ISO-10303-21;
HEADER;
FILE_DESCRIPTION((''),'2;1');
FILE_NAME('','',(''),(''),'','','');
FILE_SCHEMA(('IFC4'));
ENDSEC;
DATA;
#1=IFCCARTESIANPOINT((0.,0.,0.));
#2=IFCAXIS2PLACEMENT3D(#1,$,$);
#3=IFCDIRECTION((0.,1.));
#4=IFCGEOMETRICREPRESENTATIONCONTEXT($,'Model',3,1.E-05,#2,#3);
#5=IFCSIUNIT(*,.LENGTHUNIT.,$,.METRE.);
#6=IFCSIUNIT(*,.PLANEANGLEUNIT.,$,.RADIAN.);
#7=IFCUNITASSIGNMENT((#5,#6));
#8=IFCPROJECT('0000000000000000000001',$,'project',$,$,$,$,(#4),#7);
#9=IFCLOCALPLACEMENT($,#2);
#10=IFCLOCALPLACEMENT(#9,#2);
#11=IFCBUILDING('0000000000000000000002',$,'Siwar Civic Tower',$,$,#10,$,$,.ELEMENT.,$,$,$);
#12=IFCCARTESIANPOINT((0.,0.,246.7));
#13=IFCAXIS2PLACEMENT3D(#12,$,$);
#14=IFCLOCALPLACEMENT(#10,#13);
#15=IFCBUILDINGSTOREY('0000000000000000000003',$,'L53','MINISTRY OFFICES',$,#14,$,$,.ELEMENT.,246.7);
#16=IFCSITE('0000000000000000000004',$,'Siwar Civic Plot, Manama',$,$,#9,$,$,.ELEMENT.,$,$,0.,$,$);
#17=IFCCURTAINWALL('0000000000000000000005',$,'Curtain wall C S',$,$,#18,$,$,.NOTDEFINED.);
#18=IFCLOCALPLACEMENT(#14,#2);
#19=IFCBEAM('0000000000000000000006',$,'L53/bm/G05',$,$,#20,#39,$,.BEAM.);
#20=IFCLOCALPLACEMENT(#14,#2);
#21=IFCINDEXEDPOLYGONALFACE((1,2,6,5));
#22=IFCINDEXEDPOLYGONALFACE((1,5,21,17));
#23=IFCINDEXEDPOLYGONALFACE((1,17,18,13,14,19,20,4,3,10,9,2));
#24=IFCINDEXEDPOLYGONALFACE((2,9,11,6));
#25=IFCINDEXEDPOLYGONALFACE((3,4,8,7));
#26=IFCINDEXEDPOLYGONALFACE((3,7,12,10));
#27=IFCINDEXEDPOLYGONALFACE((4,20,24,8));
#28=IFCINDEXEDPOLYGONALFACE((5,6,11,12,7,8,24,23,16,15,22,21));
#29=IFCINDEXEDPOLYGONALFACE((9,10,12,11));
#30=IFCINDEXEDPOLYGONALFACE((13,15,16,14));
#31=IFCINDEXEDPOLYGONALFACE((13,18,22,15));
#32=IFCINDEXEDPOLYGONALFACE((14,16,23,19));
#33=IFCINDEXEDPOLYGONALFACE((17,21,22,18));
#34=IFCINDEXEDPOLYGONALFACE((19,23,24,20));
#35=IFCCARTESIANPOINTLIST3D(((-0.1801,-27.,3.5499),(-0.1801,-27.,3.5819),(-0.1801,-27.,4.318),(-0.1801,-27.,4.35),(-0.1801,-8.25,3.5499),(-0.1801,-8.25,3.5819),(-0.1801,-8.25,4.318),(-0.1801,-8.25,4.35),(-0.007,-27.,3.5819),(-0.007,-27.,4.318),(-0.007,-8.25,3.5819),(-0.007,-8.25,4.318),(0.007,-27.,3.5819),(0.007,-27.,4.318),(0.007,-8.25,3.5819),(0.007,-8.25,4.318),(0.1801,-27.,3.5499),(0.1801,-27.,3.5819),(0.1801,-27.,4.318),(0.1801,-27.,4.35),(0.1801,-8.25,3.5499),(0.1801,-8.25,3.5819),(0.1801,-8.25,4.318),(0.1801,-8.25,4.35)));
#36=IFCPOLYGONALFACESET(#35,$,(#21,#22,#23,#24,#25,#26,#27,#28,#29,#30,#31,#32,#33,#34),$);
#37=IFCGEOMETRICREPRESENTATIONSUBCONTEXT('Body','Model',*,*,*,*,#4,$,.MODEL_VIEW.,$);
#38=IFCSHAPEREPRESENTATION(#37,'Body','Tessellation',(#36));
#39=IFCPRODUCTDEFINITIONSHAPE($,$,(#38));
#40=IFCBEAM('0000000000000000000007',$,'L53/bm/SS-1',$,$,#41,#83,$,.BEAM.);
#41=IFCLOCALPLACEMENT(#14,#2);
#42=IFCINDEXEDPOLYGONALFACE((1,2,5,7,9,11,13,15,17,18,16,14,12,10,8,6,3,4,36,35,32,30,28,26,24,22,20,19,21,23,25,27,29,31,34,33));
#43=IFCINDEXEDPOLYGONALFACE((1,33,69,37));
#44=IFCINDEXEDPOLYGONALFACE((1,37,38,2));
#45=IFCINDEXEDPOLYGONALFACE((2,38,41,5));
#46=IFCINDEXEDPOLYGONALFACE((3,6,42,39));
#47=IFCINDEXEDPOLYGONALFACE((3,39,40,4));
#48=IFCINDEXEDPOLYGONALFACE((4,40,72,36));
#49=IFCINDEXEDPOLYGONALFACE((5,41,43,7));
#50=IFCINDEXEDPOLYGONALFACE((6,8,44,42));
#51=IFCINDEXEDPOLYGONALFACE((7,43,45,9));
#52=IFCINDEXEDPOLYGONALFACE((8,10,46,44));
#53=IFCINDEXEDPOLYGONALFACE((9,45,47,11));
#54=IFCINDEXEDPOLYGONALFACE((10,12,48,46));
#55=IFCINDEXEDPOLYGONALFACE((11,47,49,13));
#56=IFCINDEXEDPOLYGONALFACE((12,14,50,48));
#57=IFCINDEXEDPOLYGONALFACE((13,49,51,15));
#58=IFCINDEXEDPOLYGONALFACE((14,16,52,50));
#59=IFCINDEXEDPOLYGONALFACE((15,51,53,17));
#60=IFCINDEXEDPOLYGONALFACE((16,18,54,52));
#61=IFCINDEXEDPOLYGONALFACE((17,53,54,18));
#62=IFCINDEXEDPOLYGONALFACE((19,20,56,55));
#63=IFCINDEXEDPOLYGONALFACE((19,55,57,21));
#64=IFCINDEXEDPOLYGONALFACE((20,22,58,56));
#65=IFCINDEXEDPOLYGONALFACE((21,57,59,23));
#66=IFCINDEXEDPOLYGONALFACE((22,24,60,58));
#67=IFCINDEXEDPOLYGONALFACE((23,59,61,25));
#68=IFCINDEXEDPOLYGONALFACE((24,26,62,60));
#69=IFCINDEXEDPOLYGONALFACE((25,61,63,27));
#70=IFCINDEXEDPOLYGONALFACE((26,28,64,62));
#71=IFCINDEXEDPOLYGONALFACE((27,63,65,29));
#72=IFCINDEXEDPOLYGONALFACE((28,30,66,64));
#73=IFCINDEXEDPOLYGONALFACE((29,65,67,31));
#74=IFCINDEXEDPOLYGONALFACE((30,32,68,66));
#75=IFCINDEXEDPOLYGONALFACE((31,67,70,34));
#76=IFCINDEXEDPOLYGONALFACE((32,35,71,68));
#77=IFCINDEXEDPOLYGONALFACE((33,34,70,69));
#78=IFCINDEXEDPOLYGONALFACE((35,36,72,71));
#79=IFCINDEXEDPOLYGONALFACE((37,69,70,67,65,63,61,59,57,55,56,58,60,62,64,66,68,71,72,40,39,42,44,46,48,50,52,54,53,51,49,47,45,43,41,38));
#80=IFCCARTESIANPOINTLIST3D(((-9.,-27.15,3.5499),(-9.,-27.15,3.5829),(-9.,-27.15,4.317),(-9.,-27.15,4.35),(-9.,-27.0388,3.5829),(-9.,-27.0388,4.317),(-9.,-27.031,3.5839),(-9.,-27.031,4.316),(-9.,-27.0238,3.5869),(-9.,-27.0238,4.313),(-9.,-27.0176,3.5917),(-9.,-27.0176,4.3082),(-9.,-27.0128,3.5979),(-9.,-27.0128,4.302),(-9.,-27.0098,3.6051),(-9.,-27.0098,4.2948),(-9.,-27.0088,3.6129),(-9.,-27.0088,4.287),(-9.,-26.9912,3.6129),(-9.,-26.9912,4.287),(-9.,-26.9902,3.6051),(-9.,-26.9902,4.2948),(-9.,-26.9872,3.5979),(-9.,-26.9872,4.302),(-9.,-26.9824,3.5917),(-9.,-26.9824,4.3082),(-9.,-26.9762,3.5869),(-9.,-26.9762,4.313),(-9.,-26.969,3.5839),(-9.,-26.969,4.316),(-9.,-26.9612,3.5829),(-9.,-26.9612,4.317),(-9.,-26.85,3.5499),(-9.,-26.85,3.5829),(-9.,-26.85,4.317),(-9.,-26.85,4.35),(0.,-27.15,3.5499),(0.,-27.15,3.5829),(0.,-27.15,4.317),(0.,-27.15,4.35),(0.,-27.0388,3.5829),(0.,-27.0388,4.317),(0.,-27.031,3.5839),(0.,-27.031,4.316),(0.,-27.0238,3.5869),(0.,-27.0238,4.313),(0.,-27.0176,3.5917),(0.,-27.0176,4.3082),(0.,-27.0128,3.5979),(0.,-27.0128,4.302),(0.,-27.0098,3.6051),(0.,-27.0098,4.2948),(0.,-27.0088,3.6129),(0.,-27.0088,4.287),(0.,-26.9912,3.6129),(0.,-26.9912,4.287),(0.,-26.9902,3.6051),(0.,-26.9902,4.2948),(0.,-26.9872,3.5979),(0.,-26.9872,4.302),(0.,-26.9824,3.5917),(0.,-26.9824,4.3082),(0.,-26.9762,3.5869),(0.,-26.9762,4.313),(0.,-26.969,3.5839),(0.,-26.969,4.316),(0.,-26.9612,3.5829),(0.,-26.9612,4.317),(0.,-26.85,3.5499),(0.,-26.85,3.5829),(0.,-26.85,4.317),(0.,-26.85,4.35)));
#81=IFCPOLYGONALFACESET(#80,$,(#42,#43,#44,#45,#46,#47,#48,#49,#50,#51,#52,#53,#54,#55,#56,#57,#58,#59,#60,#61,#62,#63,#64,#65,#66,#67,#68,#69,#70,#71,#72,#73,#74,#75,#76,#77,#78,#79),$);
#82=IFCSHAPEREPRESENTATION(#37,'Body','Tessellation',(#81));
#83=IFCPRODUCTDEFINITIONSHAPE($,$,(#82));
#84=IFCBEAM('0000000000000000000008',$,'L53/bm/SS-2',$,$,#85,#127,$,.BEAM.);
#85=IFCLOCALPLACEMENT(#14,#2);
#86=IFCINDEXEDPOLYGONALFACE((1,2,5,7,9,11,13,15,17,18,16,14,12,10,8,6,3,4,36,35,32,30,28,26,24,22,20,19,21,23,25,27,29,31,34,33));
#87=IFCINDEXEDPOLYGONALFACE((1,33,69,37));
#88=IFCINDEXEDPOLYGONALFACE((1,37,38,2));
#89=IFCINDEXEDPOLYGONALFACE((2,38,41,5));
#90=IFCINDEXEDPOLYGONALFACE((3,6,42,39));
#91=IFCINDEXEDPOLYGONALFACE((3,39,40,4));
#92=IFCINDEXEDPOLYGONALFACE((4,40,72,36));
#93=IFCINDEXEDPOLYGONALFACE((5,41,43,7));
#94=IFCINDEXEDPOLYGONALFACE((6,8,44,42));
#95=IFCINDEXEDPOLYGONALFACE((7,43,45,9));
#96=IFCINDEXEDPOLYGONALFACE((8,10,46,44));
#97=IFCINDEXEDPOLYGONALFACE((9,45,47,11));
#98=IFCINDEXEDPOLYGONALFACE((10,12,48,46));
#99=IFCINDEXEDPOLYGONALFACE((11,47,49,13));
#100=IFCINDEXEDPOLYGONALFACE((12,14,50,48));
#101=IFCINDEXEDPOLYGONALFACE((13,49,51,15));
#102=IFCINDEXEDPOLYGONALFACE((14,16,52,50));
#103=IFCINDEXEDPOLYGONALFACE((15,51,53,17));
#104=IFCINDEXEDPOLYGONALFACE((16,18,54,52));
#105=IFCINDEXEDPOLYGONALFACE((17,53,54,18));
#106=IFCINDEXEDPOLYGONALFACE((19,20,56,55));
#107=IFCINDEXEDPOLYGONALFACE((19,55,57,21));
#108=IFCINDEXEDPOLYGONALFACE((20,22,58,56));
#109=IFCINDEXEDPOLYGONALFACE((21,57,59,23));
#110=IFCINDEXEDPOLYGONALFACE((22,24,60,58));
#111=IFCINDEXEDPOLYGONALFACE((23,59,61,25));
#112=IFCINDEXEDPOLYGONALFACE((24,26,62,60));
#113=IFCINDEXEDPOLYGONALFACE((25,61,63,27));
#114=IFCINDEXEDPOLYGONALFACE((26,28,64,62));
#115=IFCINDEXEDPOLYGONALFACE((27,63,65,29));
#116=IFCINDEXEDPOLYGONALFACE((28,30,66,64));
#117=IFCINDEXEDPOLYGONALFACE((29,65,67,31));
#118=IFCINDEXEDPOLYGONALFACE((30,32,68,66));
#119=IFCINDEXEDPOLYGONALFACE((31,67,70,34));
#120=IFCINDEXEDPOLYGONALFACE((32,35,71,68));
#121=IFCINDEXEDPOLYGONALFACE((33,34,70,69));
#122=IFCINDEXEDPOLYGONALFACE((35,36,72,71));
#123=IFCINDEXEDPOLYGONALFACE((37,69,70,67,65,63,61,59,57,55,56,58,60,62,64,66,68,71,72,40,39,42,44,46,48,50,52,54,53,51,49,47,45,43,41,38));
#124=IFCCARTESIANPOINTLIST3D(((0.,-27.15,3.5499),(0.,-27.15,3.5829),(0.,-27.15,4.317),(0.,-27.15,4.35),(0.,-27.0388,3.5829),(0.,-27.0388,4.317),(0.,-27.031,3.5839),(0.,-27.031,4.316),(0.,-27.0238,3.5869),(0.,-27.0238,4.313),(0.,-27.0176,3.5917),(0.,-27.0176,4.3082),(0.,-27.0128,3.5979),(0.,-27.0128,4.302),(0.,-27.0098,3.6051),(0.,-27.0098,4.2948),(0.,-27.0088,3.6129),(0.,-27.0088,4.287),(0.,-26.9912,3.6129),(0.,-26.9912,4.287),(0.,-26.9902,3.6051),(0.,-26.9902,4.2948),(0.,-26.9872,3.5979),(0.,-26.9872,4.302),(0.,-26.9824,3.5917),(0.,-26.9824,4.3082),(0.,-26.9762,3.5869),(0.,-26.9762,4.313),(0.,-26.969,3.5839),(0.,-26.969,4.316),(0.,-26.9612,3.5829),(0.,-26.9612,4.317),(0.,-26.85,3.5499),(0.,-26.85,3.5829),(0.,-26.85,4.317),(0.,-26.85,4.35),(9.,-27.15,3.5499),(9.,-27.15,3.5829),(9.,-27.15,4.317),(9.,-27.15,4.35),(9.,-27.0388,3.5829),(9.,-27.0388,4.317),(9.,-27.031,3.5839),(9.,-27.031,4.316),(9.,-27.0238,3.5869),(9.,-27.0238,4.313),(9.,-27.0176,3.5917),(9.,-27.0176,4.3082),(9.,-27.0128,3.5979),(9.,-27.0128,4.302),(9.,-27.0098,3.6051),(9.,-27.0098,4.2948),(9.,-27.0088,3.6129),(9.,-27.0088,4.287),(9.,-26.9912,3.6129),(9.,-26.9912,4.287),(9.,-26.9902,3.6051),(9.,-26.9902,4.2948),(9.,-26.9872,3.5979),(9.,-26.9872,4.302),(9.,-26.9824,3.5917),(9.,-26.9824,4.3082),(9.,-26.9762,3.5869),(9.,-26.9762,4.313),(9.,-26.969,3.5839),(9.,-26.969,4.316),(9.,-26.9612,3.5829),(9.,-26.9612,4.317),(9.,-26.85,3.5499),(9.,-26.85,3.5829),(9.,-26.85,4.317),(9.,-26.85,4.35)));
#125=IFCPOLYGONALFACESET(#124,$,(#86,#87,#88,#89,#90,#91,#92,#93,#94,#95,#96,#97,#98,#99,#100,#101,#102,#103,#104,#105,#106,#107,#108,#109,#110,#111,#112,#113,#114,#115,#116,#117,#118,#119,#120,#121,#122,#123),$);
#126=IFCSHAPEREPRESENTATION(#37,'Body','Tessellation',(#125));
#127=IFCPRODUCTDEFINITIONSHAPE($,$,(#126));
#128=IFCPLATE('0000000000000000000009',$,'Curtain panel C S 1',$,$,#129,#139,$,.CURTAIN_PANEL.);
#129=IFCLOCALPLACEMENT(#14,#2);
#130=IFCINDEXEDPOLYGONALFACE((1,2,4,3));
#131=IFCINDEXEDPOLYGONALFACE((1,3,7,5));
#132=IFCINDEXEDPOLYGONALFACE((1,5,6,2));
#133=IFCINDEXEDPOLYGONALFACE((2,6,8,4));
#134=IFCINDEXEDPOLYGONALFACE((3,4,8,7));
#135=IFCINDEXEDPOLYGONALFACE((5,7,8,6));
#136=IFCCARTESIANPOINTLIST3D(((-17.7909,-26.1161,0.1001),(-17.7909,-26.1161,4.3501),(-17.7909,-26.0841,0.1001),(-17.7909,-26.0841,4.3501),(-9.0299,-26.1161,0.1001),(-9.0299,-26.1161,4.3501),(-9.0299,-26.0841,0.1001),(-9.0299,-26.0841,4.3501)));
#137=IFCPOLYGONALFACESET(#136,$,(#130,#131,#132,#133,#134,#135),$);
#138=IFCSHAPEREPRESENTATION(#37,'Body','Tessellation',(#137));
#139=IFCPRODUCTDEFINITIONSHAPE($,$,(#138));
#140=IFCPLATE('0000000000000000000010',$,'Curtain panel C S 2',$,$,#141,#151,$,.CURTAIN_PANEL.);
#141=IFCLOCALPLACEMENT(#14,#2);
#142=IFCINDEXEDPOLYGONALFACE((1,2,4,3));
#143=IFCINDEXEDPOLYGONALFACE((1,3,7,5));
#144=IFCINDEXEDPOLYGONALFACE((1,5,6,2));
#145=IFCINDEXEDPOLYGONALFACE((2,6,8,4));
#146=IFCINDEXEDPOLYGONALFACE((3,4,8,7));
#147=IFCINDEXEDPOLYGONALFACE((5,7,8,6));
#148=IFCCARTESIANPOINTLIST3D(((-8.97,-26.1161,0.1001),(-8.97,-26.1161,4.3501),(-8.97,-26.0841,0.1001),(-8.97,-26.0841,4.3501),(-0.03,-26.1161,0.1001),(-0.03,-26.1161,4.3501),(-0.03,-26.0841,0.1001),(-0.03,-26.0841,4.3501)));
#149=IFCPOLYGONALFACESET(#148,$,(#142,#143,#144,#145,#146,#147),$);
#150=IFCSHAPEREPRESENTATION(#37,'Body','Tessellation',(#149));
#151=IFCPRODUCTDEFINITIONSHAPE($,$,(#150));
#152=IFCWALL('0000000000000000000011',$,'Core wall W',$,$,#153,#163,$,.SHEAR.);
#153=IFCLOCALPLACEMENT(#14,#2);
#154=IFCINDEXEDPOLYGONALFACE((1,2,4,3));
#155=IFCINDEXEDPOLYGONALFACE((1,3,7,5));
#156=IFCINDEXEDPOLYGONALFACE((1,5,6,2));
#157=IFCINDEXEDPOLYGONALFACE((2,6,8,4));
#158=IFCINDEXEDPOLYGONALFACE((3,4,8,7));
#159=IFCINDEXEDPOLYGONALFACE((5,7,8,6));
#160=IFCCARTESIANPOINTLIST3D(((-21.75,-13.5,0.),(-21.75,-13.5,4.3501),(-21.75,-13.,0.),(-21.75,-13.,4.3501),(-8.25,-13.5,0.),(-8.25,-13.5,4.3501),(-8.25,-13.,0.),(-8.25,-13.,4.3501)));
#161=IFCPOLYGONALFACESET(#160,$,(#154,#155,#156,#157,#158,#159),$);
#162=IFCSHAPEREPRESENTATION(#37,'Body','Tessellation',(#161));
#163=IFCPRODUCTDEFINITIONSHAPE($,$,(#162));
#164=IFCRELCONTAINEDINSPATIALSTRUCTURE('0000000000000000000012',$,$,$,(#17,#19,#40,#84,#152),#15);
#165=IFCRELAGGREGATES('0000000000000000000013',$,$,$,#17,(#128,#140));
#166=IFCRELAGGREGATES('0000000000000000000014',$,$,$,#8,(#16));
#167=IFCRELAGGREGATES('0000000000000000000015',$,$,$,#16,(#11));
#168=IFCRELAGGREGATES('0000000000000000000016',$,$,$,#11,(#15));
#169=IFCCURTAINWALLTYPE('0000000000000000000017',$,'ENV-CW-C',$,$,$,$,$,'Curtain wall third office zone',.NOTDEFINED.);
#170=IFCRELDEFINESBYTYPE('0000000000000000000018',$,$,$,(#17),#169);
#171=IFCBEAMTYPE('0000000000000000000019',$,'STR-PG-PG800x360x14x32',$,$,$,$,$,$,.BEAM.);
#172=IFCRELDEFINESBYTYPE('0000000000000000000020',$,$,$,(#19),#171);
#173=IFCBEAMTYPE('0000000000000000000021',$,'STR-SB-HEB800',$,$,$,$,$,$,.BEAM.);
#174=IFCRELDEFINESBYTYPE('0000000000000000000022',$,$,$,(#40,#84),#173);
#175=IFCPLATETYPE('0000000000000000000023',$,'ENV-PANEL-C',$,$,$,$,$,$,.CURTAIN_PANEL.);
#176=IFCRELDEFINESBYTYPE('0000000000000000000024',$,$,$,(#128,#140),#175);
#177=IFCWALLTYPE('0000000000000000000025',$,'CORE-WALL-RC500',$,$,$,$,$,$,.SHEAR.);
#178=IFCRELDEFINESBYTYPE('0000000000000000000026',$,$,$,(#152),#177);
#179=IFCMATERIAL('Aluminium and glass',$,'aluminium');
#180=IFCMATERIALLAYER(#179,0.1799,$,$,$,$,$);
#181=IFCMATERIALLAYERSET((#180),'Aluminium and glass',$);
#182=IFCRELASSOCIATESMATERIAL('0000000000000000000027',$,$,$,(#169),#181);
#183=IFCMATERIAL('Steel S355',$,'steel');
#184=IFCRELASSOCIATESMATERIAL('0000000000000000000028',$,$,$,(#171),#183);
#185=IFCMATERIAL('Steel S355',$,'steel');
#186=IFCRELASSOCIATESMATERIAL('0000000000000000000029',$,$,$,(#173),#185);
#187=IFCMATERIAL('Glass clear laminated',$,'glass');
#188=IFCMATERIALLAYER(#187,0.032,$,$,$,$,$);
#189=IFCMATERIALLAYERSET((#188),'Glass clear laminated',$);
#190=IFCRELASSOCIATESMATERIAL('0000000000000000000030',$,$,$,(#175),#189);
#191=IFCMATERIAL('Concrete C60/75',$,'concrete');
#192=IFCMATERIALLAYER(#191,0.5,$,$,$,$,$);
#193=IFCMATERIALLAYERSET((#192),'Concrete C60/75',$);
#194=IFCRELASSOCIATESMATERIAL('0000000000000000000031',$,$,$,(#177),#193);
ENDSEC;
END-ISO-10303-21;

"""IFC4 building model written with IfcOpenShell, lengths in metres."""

from ifc_helpers import new_model, si_unit, direction, frame, frame_2d, origin, origin_2d, place, context, subcontext, project, spatial, rectangle, i_section, extrude, material, layer, layer_set, material_profile, profile_set, type_object, element, aggregate, save


model = new_model("IFC4")

# Units and contexts
model_context = context("Model", 3, precision=1e-05, world=origin(), true_north=direction((0.0, 1.0)))
body_context = subcontext(model_context, "Body", "Model", "MODEL_VIEW")
ifc_project = project(units=[si_unit("LENGTHUNIT", "METRE"), si_unit("PLANEANGLEUNIT", "RADIAN")], contexts=[model_context])

# Site, building, storey
site_placement = place(None, origin())
site = spatial("IfcSite", under=ifc_project, at=site_placement, Name="Siwar Civic Plot, Manama", CompositionType="ELEMENT", RefElevation=0.0)
building_placement = place(site_placement, origin())
building = spatial("IfcBuilding", under=site, at=building_placement, Name="Siwar Civic Tower", CompositionType="ELEMENT")
storey_placement = place(building_placement, frame((0.0, 0.0, 246.7)))
storey = spatial("IfcBuildingStorey", under=building, at=storey_placement, Name="L53", Description="MINISTRY OFFICES", CompositionType="ELEMENT", Elevation=246.7)

# Curtain wall
ifc_material_1 = material(Name="Aluminium and glass", Category="aluminium")
ifc_layer_1 = layer(ifc_material_1, 0.1799)
ifc_layer_set_1 = layer_set([ifc_layer_1], Name="Aluminium and glass")
curtain_wall_type = type_object("IfcCurtainWallType", Name="ENV-CW-C", ElementType="Curtain wall third office zone", PredefinedType="NOTDEFINED", material=ifc_layer_set_1)
curtain_wall_placement = place(storey_placement, origin())
curtain_wall = element("IfcCurtainWall", 1, at=curtain_wall_placement, inside=storey, type_object=curtain_wall_type, Name="Curtain wall C S", PredefinedType="NOTDEFINED")

# Beams
ifc_material_2 = material(Name="Steel S355", Category="steel")
ifc_material_profile_1 = material_profile(ifc_material_2, i_section(OverallWidth=0.3601, OverallDepth=0.8, WebThickness=0.0139, FlangeThickness=0.032, at=origin_2d()), Name="PG800x360x14x32")
ifc_profile_set_1 = profile_set([ifc_material_profile_1], Name="Steel S355")
beam_type_1 = type_object("IfcBeamType", Name="STR-PG-PG800x360x14x32", PredefinedType="BEAM", material=ifc_profile_set_1)
beam_1_placement = place(storey_placement, frame((0.0, -27.0, 3.95), z_axis=(0.0, 1.0, 0.0), x_axis=(-1.0, 0.0, 0.0)))
element("IfcBeam", 2, at=beam_1_placement, inside=storey, type_object=beam_type_1, Name="L53/bm/G05", PredefinedType="BEAM", context=body_context, shape_type="SweptSolid", body=[
    extrude(i_section(OverallWidth=0.3601, OverallDepth=0.8, WebThickness=0.0139, FlangeThickness=0.032, at=origin_2d()), origin(), (0.0, 0.0, 1.0), 18.75),
])
ifc_material_3 = material(Name="Steel S355", Category="steel")
ifc_material_profile_2 = material_profile(ifc_material_3, i_section(OverallWidth=0.3, OverallDepth=0.8, WebThickness=0.0176, FlangeThickness=0.033, FilletRadius=0.03, at=origin_2d()), Name="HEB800")
ifc_profile_set_2 = profile_set([ifc_material_profile_2], Name="Steel S355")
beam_type_2 = type_object("IfcBeamType", Name="STR-SB-HEB800", PredefinedType="BEAM", material=ifc_profile_set_2)
for number, where, z_axis, x_axis, name in (
    (3, (-9.0, -27.0, 3.95), (1.0, 0.0, 0.0), (0.0, 1.0, 0.0), "L53/bm/SS-1"),
    (4, (0.0, -27.0, 3.95), (1.0, 0.0, 0.0), (0.0, 1.0, 0.0), "L53/bm/SS-2"),
):
    element("IfcBeam", number, at=place(storey_placement, frame(where, z_axis=z_axis, x_axis=x_axis)), inside=storey, type_object=beam_type_2, Name=name, PredefinedType="BEAM", context=body_context, shape_type="SweptSolid", body=[
        extrude(i_section(OverallWidth=0.3, OverallDepth=0.8, WebThickness=0.0176, FlangeThickness=0.033, FilletRadius=0.03, at=origin_2d()), origin(), (0.0, 0.0, 1.0), 9.0),
    ])

# Plates
ifc_material_4 = material(Name="Glass clear laminated", Category="glass")
ifc_layer_2 = layer(ifc_material_4, 0.032)
ifc_layer_set_2 = layer_set([ifc_layer_2], Name="Glass clear laminated")
plate_type = type_object("IfcPlateType", Name="ENV-PANEL-C", PredefinedType="CURTAIN_PANEL", material=ifc_layer_set_2)
plate_1_placement = place(storey_placement, frame((-13.4104, -26.1001, 0.1001), z_axis=(0.0, 0.0, 1.0), x_axis=(1.0, 0.0, 0.0)))
plate_1 = element("IfcPlate", 5, at=plate_1_placement, type_object=plate_type, Name="Curtain panel C S 1", PredefinedType="CURTAIN_PANEL", context=body_context, shape_type="SweptSolid", body=[
    extrude(rectangle(XDim=8.761, YDim=0.032, at=origin_2d()), origin(), (0.0, 0.0, 1.0), 4.25),
])
plate_2_placement = place(storey_placement, frame((-4.5, -26.1001, 0.1001), z_axis=(0.0, 0.0, 1.0), x_axis=(1.0, 0.0, 0.0)))
plate_2 = element("IfcPlate", 6, at=plate_2_placement, type_object=plate_type, Name="Curtain panel C S 2", PredefinedType="CURTAIN_PANEL", context=body_context, shape_type="SweptSolid", body=[
    extrude(rectangle(XDim=8.9399, YDim=0.032, at=origin_2d()), origin(), (0.0, 0.0, 1.0), 4.25),
])
aggregate(curtain_wall, [plate_1, plate_2])

# Wall
ifc_material_5 = material(Name="Concrete C60/75", Category="concrete")
ifc_layer_3 = layer(ifc_material_5, 0.5)
ifc_layer_set_3 = layer_set([ifc_layer_3], Name="Concrete C60/75")
wall_type_1 = type_object("IfcWallType", Name="CORE-WALL-RC500", PredefinedType="SHEAR", material=ifc_layer_set_3)
wall_1_placement = place(storey_placement, frame((-8.25, -13.25, 0.0), z_axis=(0.0, 0.0, 1.0), x_axis=(-1.0, 0.0, 0.0)))
element("IfcWall", 7, at=wall_1_placement, inside=storey, type_object=wall_type_1, Name="Core wall W", PredefinedType="SHEAR", context=body_context, shape_type="SweptSolid", body=[
    extrude(rectangle(XDim=13.5, YDim=0.5, at=frame_2d((6.75, 0.0))), origin(), (0.0, 0.0, 1.0), 4.3501),
])

save(model, "model.ifc")
